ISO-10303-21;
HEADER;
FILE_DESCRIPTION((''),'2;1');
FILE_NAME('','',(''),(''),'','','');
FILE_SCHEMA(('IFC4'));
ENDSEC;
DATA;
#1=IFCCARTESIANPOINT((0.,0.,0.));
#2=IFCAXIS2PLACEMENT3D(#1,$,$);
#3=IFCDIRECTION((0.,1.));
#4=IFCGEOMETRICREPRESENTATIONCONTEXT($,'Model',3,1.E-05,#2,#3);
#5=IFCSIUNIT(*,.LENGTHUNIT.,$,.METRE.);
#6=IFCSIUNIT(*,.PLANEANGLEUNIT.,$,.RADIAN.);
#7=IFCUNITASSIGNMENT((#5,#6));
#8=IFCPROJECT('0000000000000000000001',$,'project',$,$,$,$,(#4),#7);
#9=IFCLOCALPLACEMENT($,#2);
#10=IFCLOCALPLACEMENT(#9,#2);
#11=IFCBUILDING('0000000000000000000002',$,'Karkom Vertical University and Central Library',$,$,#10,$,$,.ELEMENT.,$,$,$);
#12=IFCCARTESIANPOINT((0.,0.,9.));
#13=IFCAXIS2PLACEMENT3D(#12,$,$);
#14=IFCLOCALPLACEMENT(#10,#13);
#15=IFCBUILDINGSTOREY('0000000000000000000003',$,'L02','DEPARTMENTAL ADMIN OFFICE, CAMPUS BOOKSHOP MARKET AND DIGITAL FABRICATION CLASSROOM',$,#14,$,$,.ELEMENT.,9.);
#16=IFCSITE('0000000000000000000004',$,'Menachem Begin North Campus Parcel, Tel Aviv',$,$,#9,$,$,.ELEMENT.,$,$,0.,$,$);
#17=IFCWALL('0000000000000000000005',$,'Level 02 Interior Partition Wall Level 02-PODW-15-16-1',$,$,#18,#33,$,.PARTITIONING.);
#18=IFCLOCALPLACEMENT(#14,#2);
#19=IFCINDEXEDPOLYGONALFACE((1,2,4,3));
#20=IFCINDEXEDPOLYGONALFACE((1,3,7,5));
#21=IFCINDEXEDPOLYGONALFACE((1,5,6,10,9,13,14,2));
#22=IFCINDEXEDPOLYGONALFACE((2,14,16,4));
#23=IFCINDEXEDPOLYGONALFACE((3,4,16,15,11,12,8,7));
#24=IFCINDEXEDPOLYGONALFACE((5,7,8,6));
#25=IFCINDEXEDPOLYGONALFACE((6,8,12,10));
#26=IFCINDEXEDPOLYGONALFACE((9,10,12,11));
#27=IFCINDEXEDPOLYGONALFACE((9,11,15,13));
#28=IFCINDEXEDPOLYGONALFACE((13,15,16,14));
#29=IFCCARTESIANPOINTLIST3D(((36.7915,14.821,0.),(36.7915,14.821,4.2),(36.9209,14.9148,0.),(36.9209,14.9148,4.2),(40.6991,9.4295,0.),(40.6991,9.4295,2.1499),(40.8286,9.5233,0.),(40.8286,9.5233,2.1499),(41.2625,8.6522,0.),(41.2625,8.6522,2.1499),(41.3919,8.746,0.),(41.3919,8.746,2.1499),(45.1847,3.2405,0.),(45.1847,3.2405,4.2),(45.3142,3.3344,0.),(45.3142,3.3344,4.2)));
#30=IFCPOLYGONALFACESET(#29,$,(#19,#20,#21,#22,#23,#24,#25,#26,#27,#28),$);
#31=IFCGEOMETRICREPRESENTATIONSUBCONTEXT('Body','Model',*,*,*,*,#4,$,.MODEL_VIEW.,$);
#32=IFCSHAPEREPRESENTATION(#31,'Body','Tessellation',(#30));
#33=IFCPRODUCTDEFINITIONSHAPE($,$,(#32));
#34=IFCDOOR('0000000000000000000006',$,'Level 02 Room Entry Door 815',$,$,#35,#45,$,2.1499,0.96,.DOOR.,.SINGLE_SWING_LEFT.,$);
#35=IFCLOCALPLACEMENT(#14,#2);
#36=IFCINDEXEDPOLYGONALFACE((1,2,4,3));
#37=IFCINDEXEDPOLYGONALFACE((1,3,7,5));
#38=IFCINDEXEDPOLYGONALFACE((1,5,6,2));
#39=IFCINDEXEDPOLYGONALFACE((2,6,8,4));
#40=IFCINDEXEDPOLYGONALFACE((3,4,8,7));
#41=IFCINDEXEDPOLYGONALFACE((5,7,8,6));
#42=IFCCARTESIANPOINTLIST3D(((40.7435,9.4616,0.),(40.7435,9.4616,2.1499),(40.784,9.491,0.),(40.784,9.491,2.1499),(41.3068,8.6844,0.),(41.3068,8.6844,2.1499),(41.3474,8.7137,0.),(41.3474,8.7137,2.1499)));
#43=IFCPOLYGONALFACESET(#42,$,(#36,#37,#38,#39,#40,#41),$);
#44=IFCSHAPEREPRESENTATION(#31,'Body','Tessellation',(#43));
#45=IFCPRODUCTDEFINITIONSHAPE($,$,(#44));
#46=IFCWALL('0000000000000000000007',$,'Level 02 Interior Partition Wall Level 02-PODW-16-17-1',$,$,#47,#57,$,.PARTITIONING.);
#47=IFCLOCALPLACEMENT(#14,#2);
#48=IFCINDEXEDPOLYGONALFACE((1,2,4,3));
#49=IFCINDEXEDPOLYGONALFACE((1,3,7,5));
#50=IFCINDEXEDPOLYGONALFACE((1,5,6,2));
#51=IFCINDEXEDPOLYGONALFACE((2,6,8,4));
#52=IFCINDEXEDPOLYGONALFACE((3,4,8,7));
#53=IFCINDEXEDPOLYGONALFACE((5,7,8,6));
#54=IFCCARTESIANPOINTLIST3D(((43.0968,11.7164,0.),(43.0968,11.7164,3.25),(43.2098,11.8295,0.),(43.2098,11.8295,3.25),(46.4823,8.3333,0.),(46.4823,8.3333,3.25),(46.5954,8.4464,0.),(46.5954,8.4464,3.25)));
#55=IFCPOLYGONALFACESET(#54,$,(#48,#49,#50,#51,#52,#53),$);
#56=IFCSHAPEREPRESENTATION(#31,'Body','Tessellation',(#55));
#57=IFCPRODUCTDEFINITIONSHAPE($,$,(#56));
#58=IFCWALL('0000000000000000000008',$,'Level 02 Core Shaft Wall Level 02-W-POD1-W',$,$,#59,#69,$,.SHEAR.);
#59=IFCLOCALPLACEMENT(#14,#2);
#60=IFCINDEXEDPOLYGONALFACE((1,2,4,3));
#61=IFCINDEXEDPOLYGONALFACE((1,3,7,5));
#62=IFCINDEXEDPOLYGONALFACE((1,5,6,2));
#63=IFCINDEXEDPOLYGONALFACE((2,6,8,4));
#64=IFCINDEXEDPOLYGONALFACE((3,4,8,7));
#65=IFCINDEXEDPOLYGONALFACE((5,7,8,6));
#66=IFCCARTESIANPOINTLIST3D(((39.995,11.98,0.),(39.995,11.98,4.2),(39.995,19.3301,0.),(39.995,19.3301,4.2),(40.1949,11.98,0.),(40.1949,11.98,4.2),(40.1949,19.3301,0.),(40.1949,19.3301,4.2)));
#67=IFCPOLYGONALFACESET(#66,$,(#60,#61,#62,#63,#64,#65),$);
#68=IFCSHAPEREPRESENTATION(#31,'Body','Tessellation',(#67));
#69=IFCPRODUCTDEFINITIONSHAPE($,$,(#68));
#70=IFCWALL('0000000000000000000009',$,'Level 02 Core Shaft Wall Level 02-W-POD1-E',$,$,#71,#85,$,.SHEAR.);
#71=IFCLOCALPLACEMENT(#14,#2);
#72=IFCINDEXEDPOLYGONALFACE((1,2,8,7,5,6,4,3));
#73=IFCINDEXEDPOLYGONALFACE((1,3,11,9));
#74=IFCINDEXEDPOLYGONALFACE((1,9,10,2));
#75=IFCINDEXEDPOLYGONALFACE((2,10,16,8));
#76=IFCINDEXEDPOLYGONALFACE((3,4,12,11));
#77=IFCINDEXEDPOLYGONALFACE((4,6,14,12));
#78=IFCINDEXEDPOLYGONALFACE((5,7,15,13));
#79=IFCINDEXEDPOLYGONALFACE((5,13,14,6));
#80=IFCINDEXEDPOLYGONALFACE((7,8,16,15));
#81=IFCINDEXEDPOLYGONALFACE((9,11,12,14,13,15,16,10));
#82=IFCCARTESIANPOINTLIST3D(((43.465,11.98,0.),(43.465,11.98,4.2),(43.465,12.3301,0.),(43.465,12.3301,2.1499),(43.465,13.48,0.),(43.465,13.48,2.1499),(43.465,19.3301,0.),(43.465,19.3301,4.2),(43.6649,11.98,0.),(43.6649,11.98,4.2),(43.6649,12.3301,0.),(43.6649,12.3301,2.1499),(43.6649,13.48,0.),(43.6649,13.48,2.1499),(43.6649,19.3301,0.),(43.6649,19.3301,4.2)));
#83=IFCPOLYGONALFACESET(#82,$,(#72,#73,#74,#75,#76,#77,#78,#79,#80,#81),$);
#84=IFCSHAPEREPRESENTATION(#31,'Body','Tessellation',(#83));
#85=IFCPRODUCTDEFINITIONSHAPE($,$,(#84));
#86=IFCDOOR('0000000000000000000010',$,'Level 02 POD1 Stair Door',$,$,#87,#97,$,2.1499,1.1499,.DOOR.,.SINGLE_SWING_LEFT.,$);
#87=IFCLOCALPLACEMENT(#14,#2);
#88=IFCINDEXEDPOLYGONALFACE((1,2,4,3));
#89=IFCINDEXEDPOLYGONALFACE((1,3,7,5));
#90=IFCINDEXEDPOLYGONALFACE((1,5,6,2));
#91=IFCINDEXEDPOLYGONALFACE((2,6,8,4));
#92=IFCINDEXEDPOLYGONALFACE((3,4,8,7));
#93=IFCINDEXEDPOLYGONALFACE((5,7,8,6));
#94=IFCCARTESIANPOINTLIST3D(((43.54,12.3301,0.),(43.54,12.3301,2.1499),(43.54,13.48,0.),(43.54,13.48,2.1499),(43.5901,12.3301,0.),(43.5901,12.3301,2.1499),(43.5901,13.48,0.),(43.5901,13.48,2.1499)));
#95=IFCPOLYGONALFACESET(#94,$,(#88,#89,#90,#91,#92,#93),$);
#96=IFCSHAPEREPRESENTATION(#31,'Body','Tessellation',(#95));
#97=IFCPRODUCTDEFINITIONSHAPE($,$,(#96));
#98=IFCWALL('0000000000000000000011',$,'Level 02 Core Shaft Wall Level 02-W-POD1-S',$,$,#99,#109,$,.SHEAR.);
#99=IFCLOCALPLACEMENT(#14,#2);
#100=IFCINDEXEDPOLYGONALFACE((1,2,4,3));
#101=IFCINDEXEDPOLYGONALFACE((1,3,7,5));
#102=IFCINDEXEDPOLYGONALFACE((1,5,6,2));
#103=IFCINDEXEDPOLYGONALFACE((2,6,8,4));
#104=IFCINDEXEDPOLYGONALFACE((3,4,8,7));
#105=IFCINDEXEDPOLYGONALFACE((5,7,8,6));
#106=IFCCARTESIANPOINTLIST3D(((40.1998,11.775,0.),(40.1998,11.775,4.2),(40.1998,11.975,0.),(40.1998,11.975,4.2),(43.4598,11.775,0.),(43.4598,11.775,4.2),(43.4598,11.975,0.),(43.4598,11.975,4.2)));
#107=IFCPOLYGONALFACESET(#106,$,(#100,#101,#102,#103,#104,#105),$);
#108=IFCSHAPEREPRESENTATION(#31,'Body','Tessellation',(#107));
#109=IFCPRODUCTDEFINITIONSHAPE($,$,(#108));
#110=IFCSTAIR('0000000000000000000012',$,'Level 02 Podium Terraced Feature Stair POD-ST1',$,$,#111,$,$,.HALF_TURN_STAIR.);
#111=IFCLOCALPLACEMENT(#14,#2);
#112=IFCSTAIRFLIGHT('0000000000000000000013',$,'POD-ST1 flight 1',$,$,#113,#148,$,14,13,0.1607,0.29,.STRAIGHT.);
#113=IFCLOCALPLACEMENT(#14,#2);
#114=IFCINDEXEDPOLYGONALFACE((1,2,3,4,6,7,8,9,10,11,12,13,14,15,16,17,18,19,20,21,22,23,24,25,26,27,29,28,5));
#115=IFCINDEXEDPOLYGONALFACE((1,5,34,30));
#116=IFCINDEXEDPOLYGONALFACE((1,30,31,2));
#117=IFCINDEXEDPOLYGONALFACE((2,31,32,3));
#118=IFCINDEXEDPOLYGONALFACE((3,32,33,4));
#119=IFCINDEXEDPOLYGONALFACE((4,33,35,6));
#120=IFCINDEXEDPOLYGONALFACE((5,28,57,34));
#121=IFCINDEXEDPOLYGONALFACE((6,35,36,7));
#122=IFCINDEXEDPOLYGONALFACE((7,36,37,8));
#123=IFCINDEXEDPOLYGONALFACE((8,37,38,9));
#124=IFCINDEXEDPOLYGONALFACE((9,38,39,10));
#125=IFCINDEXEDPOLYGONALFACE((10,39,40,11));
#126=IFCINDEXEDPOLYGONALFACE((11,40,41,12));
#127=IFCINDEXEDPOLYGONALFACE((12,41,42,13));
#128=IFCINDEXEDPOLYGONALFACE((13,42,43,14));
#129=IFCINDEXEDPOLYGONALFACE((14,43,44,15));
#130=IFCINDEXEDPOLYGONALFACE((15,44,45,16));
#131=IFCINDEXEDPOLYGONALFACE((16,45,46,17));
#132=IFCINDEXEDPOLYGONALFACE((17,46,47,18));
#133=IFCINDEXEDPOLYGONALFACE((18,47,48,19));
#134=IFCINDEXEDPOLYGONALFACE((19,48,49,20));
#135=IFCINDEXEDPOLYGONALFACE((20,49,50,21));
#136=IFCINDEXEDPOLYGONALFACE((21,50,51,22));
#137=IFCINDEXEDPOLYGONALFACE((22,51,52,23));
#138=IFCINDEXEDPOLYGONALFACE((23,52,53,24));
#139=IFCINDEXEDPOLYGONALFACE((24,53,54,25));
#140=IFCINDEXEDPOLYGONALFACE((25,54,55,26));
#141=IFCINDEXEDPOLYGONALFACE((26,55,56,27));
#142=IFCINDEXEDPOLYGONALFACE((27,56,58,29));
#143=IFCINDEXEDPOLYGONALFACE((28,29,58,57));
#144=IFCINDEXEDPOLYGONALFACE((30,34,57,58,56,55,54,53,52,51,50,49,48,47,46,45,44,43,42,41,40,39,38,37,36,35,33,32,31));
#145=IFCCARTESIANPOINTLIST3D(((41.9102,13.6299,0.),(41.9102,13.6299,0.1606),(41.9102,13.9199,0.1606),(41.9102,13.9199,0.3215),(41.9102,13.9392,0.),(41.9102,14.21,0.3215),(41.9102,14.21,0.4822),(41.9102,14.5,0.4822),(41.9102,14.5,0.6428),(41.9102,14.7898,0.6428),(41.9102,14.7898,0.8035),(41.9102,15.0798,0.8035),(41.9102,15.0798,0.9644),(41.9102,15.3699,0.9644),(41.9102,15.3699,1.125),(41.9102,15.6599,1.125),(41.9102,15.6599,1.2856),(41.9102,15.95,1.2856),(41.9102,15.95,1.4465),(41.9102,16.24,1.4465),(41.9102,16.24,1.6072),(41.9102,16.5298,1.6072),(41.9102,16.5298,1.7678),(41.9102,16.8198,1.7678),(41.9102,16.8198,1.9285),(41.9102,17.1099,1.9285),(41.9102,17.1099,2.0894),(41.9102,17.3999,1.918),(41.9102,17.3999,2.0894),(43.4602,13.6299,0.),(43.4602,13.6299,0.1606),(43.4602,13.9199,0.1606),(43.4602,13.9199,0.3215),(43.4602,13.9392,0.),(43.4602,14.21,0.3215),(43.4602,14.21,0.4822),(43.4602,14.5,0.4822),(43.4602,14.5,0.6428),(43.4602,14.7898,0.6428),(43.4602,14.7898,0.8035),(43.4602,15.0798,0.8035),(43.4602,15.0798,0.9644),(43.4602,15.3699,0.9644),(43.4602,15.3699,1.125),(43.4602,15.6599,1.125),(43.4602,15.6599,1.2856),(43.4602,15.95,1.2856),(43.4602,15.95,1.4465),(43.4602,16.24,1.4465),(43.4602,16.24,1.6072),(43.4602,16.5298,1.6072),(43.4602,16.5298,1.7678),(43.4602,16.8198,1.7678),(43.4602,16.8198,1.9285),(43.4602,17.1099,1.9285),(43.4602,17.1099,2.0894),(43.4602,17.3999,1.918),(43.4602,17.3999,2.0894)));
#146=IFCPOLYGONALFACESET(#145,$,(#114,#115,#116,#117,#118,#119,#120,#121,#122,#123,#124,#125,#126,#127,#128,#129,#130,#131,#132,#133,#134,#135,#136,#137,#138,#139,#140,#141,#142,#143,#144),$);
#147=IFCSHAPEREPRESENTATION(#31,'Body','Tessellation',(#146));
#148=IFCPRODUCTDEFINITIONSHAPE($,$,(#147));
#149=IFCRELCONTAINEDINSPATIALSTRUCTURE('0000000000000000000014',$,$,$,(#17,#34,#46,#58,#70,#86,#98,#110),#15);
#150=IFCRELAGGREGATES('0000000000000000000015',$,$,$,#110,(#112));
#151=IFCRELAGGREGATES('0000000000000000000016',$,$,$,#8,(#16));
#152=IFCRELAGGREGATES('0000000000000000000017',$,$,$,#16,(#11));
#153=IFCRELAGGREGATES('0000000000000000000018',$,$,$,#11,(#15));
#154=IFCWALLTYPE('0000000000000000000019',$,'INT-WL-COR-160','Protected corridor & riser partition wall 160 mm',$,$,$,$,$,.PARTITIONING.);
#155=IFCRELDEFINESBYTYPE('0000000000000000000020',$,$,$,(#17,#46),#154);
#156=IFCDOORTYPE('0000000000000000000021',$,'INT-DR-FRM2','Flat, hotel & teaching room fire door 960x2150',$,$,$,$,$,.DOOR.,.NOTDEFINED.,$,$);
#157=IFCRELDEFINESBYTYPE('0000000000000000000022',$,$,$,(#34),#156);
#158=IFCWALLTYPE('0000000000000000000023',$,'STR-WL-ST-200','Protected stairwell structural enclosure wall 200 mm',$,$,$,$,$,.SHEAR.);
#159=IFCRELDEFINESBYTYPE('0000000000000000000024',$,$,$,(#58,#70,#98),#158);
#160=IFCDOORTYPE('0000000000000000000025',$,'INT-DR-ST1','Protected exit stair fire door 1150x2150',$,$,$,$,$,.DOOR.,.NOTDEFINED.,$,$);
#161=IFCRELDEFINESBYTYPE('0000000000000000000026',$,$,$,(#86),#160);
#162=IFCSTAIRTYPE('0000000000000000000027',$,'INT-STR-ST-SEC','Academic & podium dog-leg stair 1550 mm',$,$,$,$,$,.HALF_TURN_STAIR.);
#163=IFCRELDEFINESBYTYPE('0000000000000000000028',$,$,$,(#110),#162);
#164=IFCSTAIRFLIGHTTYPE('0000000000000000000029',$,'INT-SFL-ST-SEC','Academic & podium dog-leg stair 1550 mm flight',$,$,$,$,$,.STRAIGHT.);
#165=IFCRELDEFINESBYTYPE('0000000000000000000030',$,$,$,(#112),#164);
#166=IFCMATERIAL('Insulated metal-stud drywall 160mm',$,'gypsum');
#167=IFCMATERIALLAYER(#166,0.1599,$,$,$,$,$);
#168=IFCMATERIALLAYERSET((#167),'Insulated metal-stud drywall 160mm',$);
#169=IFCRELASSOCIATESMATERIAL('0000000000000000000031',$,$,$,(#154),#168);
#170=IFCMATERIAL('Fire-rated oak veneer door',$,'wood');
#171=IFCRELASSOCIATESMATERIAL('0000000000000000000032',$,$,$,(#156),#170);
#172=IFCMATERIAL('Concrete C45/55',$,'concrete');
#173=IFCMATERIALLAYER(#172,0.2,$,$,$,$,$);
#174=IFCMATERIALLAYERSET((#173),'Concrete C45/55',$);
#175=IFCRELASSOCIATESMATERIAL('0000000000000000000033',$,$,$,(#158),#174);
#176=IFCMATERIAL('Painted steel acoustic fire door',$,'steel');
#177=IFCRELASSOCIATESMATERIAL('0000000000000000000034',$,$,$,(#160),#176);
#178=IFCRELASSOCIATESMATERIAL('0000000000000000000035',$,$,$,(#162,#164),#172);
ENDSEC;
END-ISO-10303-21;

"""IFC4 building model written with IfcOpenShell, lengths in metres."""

from ifc_helpers import new_model, si_unit, direction, frame, frame_2d, origin, origin_with_axes, place, context, subcontext, project, spatial, polyline, rectangle, outline, extrude, source, transform, mapped, material, layer, layer_set, type_object, element, fill, aggregate, save


model = new_model("IFC4")

# Units and contexts
model_context = context("Model", 3, precision=1e-05, world=origin(), true_north=direction((0.0, 1.0)))
body_context = subcontext(model_context, "Body", "Model", "MODEL_VIEW")
ifc_project = project(units=[si_unit("LENGTHUNIT", "METRE"), si_unit("PLANEANGLEUNIT", "RADIAN")], contexts=[model_context])

# Site, building, storey
site_placement = place(None, origin())
site = spatial("IfcSite", under=ifc_project, at=site_placement, Name="Menachem Begin North Campus Parcel, Tel Aviv", CompositionType="ELEMENT", RefElevation=0.0)
building_placement = place(site_placement, origin())
building = spatial("IfcBuilding", under=site, at=building_placement, Name="Karkom Vertical University and Central Library", CompositionType="ELEMENT")
storey_placement = place(building_placement, frame((0.0, 0.0, 9.0)))
storey = spatial("IfcBuildingStorey", under=building, at=storey_placement, Name="L02", Description="DEPARTMENTAL ADMIN OFFICE, CAMPUS BOOKSHOP MARKET AND DIGITAL FABRICATION CLASSROOM", CompositionType="ELEMENT", Elevation=9.0)

# Shared definitions
ifc_material_1 = material(Name="Insulated metal-stud drywall 160mm", Category="gypsum")
ifc_layer_1 = layer(ifc_material_1, 0.1599)
ifc_layer_set_1 = layer_set([ifc_layer_1], Name="Insulated metal-stud drywall 160mm")
wall_type_1 = type_object("IfcWallType", Name="INT-WL-COR-160", Description="Protected corridor & riser partition wall 160 mm", PredefinedType="PARTITIONING", material=ifc_layer_set_1)
ifc_material_2 = material(Name="Fire-rated oak veneer door", Category="wood")
door_type_1 = type_object("IfcDoorType", Name="INT-DR-FRM2", Description="Flat, hotel & teaching room fire door 960x2150", OperationType="NOTDEFINED", PredefinedType="DOOR", material=ifc_material_2)
shared_shape_1 = source(origin_with_axes(), body_context, "Body", "SweptSolid", [
    extrude(rectangle(XDim=0.96, YDim=2.1499, at=frame_2d((0.48, 1.075))), frame((0.0, 0.0249, 0.0), z_axis=(0.0, -1.0, 0.0), x_axis=(1.0, 0.0, 0.0)), (0.0, 0.0, 1.0), 0.05),
])

# Wall, opening, door
wall_1_placement = place(storey_placement, frame((36.8562, 14.8679, 0.0), z_axis=(0.0, 0.0, 1.0), x_axis=(0.586848, -0.809697, 0.0)))
wall_1 = element("IfcWall", 1, at=wall_1_placement, inside=storey, type_object=wall_type_1, Name="Level 02 Interior Partition Wall Level 02-PODW-15-16-1", PredefinedType="PARTITIONING", context=body_context, shape_type="SweptSolid", body=[
    extrude(rectangle(XDim=14.3022, YDim=0.1599, at=frame_2d((7.1511, 0.0))), origin(), (0.0, 0.0, 1.0), 4.2),
])
opening_1_placement = place(wall_1_placement, frame((6.6587, 0.0, 0.0)))
opening_1 = element("IfcOpeningElement", 2, at=opening_1_placement, cuts=wall_1, PredefinedType="OPENING", context=body_context, shape_type="SweptSolid", body=[
    extrude(rectangle(XDim=0.96, YDim=2.1499, at=frame_2d((0.48, 1.075))), frame((0.0, 0.0898, 0.0), z_axis=(0.0, -1.0, 0.0), x_axis=(1.0, 0.0, 0.0)), (0.0, 0.0, 1.0), 0.1799),
])
door_1_placement = place(opening_1_placement, origin())
door_1 = element("IfcDoor", 3, at=door_1_placement, inside=storey, type_object=door_type_1, Name="Level 02 Room Entry Door 815", OperationType="SINGLE_SWING_LEFT", OverallHeight=2.1499, OverallWidth=0.96, PredefinedType="DOOR", context=body_context, shape_type="MappedRepresentation", body=[
    mapped(shared_shape_1, transform((0.0, 0.0, 0.0), scale=1.0)),
])
fill(opening_1, door_1)

# Wall
wall_2_placement = place(storey_placement, frame((43.1533, 11.7729, 0.0), z_axis=(0.0, 0.0, 1.0), x_axis=(0.707362, -0.706852, 0.0)))
element("IfcWall", 4, at=wall_2_placement, inside=storey, type_object=wall_type_1, Name="Level 02 Interior Partition Wall Level 02-PODW-16-17-1", PredefinedType="PARTITIONING", context=body_context, shape_type="SweptSolid", body=[
    extrude(rectangle(XDim=4.7861, YDim=0.1599, at=frame_2d((2.3931, 0.0))), origin(), (0.0, 0.0, 1.0), 3.25),
])

# Wall
ifc_material_3 = material(Name="Concrete C45/55", Category="concrete")
ifc_layer_2 = layer(ifc_material_3, 0.2)
ifc_layer_set_2 = layer_set([ifc_layer_2], Name="Concrete C45/55")
wall_type_2 = type_object("IfcWallType", Name="STR-WL-ST-200", Description="Protected stairwell structural enclosure wall 200 mm", PredefinedType="SHEAR", material=ifc_layer_set_2)
wall_3_placement = place(storey_placement, frame((40.095, 11.98, 0.0), z_axis=(0.0, 0.0, 1.0), x_axis=(0.0, 1.0, 0.0)))
element("IfcWall", 5, at=wall_3_placement, inside=storey, type_object=wall_type_2, Name="Level 02 Core Shaft Wall Level 02-W-POD1-W", PredefinedType="SHEAR", context=body_context, shape_type="SweptSolid", body=[
    extrude(rectangle(XDim=7.3501, YDim=0.2, at=frame_2d((3.675, 0.0))), origin(), (0.0, 0.0, 1.0), 4.2),
])

# Wall, opening, door
wall_4_placement = place(storey_placement, frame((43.5649, 11.98, 0.0), z_axis=(0.0, 0.0, 1.0), x_axis=(0.0, 1.0, 0.0)))
wall_4 = element("IfcWall", 6, at=wall_4_placement, inside=storey, type_object=wall_type_2, Name="Level 02 Core Shaft Wall Level 02-W-POD1-E", PredefinedType="SHEAR", context=body_context, shape_type="SweptSolid", body=[
    extrude(rectangle(XDim=7.3501, YDim=0.2, at=frame_2d((3.675, 0.0))), origin(), (0.0, 0.0, 1.0), 4.2),
])
opening_2_placement = place(wall_4_placement, frame((0.3501, 0.0, 0.0)))
opening_2 = element("IfcOpeningElement", 7, at=opening_2_placement, cuts=wall_4, PredefinedType="OPENING", context=body_context, shape_type="SweptSolid", body=[
    extrude(rectangle(XDim=1.1499, YDim=2.1499, at=frame_2d((0.575, 1.075))), frame((0.0, 0.1099, 0.0), z_axis=(0.0, -1.0, 0.0), x_axis=(1.0, 0.0, 0.0)), (0.0, 0.0, 1.0), 0.22),
])
ifc_material_4 = material(Name="Painted steel acoustic fire door", Category="steel")
door_type_2 = type_object("IfcDoorType", Name="INT-DR-ST1", Description="Protected exit stair fire door 1150x2150", OperationType="NOTDEFINED", PredefinedType="DOOR", material=ifc_material_4)
shared_shape_2 = source(origin_with_axes(), body_context, "Body", "SweptSolid", [
    extrude(rectangle(XDim=1.1499, YDim=2.1499, at=frame_2d((0.575, 1.075))), frame((0.0, 0.0249, 0.0), z_axis=(0.0, -1.0, 0.0), x_axis=(1.0, 0.0, 0.0)), (0.0, 0.0, 1.0), 0.05),
])
door_2_placement = place(opening_2_placement, origin())
door_2 = element("IfcDoor", 8, at=door_2_placement, inside=storey, type_object=door_type_2, Name="Level 02 POD1 Stair Door", OperationType="SINGLE_SWING_LEFT", OverallHeight=2.1499, OverallWidth=1.1499, PredefinedType="DOOR", context=body_context, shape_type="MappedRepresentation", body=[
    mapped(shared_shape_2, transform((0.0, 0.0, 0.0), scale=1.0)),
])
fill(opening_2, door_2)

# Wall
wall_5_placement = place(storey_placement, frame((40.2, 11.875, 0.0), z_axis=(0.0, 0.0, 1.0), x_axis=(1.0, 0.0, 0.0)))
element("IfcWall", 9, at=wall_5_placement, inside=storey, type_object=wall_type_2, Name="Level 02 Core Shaft Wall Level 02-W-POD1-S", PredefinedType="SHEAR", context=body_context, shape_type="SweptSolid", body=[
    extrude(rectangle(XDim=3.26, YDim=0.2, at=frame_2d((1.6299, 0.0))), origin(), (0.0, 0.0, 1.0), 4.2),
])

# Stair, stair flight
stair_type = type_object("IfcStairType", Name="INT-STR-ST-SEC", Description="Academic & podium dog-leg stair 1550 mm", PredefinedType="HALF_TURN_STAIR", material=ifc_material_3)
stair_placement = place(storey_placement, origin())
stair = element("IfcStair", 10, at=stair_placement, inside=storey, type_object=stair_type, Name="Level 02 Podium Terraced Feature Stair POD-ST1", PredefinedType="HALF_TURN_STAIR")
stair_flight_type = type_object("IfcStairFlightType", Name="INT-SFL-ST-SEC", Description="Academic & podium dog-leg stair 1550 mm flight", PredefinedType="STRAIGHT", material=ifc_material_3)
stair_flight_1_placement = place(storey_placement, frame((42.6851, 13.6299, 0.0), z_axis=(0.0, 0.0, 1.0), x_axis=(0.0, 1.0, 0.0)))
stair_flight_1 = element("IfcStairFlight", 11, at=stair_flight_1_placement, type_object=stair_flight_type, Name="POD-ST1 flight 1", NumberOfRisers=14, NumberOfTreads=13, PredefinedType="STRAIGHT", RiserHeight=0.1607, TreadLength=0.29, context=body_context, shape_type="SweptSolid", body=[
    extrude(outline(polyline([(0.0, 0.0), (0.0, 0.1606), (0.29, 0.1606), (0.29, 0.3215), (0.5801, 0.3215), (0.5801, 0.4822), (0.8701, 0.4822), (0.8701, 0.6428), (1.1599, 0.6428), (1.1599, 0.8035), (1.45, 0.8035), (1.45, 0.9644), (1.74, 0.9644), (1.74, 1.125), (2.03, 1.125), (2.03, 1.2856), (2.3201, 1.2856), (2.3201, 1.4465), (2.6101, 1.4465), (2.6101, 1.6072), (2.8999, 1.6072), (2.8999, 1.7678), (3.1899, 1.7678), (3.1899, 1.9285), (3.48, 1.9285), (3.48, 2.0894), (3.77, 2.0894), (3.77, 2.25), (3.77, 1.918), (0.3093, 0.0), (0.0, 0.0)])), frame((0.0, 0.7749, 0.0), z_axis=(0.0, -1.0, 0.0), x_axis=(1.0, 0.0, 0.0)), (0.0, 0.0, 1.0), 1.55),
])
aggregate(stair, [stair_flight_1])

save(model, "model.ifc")
